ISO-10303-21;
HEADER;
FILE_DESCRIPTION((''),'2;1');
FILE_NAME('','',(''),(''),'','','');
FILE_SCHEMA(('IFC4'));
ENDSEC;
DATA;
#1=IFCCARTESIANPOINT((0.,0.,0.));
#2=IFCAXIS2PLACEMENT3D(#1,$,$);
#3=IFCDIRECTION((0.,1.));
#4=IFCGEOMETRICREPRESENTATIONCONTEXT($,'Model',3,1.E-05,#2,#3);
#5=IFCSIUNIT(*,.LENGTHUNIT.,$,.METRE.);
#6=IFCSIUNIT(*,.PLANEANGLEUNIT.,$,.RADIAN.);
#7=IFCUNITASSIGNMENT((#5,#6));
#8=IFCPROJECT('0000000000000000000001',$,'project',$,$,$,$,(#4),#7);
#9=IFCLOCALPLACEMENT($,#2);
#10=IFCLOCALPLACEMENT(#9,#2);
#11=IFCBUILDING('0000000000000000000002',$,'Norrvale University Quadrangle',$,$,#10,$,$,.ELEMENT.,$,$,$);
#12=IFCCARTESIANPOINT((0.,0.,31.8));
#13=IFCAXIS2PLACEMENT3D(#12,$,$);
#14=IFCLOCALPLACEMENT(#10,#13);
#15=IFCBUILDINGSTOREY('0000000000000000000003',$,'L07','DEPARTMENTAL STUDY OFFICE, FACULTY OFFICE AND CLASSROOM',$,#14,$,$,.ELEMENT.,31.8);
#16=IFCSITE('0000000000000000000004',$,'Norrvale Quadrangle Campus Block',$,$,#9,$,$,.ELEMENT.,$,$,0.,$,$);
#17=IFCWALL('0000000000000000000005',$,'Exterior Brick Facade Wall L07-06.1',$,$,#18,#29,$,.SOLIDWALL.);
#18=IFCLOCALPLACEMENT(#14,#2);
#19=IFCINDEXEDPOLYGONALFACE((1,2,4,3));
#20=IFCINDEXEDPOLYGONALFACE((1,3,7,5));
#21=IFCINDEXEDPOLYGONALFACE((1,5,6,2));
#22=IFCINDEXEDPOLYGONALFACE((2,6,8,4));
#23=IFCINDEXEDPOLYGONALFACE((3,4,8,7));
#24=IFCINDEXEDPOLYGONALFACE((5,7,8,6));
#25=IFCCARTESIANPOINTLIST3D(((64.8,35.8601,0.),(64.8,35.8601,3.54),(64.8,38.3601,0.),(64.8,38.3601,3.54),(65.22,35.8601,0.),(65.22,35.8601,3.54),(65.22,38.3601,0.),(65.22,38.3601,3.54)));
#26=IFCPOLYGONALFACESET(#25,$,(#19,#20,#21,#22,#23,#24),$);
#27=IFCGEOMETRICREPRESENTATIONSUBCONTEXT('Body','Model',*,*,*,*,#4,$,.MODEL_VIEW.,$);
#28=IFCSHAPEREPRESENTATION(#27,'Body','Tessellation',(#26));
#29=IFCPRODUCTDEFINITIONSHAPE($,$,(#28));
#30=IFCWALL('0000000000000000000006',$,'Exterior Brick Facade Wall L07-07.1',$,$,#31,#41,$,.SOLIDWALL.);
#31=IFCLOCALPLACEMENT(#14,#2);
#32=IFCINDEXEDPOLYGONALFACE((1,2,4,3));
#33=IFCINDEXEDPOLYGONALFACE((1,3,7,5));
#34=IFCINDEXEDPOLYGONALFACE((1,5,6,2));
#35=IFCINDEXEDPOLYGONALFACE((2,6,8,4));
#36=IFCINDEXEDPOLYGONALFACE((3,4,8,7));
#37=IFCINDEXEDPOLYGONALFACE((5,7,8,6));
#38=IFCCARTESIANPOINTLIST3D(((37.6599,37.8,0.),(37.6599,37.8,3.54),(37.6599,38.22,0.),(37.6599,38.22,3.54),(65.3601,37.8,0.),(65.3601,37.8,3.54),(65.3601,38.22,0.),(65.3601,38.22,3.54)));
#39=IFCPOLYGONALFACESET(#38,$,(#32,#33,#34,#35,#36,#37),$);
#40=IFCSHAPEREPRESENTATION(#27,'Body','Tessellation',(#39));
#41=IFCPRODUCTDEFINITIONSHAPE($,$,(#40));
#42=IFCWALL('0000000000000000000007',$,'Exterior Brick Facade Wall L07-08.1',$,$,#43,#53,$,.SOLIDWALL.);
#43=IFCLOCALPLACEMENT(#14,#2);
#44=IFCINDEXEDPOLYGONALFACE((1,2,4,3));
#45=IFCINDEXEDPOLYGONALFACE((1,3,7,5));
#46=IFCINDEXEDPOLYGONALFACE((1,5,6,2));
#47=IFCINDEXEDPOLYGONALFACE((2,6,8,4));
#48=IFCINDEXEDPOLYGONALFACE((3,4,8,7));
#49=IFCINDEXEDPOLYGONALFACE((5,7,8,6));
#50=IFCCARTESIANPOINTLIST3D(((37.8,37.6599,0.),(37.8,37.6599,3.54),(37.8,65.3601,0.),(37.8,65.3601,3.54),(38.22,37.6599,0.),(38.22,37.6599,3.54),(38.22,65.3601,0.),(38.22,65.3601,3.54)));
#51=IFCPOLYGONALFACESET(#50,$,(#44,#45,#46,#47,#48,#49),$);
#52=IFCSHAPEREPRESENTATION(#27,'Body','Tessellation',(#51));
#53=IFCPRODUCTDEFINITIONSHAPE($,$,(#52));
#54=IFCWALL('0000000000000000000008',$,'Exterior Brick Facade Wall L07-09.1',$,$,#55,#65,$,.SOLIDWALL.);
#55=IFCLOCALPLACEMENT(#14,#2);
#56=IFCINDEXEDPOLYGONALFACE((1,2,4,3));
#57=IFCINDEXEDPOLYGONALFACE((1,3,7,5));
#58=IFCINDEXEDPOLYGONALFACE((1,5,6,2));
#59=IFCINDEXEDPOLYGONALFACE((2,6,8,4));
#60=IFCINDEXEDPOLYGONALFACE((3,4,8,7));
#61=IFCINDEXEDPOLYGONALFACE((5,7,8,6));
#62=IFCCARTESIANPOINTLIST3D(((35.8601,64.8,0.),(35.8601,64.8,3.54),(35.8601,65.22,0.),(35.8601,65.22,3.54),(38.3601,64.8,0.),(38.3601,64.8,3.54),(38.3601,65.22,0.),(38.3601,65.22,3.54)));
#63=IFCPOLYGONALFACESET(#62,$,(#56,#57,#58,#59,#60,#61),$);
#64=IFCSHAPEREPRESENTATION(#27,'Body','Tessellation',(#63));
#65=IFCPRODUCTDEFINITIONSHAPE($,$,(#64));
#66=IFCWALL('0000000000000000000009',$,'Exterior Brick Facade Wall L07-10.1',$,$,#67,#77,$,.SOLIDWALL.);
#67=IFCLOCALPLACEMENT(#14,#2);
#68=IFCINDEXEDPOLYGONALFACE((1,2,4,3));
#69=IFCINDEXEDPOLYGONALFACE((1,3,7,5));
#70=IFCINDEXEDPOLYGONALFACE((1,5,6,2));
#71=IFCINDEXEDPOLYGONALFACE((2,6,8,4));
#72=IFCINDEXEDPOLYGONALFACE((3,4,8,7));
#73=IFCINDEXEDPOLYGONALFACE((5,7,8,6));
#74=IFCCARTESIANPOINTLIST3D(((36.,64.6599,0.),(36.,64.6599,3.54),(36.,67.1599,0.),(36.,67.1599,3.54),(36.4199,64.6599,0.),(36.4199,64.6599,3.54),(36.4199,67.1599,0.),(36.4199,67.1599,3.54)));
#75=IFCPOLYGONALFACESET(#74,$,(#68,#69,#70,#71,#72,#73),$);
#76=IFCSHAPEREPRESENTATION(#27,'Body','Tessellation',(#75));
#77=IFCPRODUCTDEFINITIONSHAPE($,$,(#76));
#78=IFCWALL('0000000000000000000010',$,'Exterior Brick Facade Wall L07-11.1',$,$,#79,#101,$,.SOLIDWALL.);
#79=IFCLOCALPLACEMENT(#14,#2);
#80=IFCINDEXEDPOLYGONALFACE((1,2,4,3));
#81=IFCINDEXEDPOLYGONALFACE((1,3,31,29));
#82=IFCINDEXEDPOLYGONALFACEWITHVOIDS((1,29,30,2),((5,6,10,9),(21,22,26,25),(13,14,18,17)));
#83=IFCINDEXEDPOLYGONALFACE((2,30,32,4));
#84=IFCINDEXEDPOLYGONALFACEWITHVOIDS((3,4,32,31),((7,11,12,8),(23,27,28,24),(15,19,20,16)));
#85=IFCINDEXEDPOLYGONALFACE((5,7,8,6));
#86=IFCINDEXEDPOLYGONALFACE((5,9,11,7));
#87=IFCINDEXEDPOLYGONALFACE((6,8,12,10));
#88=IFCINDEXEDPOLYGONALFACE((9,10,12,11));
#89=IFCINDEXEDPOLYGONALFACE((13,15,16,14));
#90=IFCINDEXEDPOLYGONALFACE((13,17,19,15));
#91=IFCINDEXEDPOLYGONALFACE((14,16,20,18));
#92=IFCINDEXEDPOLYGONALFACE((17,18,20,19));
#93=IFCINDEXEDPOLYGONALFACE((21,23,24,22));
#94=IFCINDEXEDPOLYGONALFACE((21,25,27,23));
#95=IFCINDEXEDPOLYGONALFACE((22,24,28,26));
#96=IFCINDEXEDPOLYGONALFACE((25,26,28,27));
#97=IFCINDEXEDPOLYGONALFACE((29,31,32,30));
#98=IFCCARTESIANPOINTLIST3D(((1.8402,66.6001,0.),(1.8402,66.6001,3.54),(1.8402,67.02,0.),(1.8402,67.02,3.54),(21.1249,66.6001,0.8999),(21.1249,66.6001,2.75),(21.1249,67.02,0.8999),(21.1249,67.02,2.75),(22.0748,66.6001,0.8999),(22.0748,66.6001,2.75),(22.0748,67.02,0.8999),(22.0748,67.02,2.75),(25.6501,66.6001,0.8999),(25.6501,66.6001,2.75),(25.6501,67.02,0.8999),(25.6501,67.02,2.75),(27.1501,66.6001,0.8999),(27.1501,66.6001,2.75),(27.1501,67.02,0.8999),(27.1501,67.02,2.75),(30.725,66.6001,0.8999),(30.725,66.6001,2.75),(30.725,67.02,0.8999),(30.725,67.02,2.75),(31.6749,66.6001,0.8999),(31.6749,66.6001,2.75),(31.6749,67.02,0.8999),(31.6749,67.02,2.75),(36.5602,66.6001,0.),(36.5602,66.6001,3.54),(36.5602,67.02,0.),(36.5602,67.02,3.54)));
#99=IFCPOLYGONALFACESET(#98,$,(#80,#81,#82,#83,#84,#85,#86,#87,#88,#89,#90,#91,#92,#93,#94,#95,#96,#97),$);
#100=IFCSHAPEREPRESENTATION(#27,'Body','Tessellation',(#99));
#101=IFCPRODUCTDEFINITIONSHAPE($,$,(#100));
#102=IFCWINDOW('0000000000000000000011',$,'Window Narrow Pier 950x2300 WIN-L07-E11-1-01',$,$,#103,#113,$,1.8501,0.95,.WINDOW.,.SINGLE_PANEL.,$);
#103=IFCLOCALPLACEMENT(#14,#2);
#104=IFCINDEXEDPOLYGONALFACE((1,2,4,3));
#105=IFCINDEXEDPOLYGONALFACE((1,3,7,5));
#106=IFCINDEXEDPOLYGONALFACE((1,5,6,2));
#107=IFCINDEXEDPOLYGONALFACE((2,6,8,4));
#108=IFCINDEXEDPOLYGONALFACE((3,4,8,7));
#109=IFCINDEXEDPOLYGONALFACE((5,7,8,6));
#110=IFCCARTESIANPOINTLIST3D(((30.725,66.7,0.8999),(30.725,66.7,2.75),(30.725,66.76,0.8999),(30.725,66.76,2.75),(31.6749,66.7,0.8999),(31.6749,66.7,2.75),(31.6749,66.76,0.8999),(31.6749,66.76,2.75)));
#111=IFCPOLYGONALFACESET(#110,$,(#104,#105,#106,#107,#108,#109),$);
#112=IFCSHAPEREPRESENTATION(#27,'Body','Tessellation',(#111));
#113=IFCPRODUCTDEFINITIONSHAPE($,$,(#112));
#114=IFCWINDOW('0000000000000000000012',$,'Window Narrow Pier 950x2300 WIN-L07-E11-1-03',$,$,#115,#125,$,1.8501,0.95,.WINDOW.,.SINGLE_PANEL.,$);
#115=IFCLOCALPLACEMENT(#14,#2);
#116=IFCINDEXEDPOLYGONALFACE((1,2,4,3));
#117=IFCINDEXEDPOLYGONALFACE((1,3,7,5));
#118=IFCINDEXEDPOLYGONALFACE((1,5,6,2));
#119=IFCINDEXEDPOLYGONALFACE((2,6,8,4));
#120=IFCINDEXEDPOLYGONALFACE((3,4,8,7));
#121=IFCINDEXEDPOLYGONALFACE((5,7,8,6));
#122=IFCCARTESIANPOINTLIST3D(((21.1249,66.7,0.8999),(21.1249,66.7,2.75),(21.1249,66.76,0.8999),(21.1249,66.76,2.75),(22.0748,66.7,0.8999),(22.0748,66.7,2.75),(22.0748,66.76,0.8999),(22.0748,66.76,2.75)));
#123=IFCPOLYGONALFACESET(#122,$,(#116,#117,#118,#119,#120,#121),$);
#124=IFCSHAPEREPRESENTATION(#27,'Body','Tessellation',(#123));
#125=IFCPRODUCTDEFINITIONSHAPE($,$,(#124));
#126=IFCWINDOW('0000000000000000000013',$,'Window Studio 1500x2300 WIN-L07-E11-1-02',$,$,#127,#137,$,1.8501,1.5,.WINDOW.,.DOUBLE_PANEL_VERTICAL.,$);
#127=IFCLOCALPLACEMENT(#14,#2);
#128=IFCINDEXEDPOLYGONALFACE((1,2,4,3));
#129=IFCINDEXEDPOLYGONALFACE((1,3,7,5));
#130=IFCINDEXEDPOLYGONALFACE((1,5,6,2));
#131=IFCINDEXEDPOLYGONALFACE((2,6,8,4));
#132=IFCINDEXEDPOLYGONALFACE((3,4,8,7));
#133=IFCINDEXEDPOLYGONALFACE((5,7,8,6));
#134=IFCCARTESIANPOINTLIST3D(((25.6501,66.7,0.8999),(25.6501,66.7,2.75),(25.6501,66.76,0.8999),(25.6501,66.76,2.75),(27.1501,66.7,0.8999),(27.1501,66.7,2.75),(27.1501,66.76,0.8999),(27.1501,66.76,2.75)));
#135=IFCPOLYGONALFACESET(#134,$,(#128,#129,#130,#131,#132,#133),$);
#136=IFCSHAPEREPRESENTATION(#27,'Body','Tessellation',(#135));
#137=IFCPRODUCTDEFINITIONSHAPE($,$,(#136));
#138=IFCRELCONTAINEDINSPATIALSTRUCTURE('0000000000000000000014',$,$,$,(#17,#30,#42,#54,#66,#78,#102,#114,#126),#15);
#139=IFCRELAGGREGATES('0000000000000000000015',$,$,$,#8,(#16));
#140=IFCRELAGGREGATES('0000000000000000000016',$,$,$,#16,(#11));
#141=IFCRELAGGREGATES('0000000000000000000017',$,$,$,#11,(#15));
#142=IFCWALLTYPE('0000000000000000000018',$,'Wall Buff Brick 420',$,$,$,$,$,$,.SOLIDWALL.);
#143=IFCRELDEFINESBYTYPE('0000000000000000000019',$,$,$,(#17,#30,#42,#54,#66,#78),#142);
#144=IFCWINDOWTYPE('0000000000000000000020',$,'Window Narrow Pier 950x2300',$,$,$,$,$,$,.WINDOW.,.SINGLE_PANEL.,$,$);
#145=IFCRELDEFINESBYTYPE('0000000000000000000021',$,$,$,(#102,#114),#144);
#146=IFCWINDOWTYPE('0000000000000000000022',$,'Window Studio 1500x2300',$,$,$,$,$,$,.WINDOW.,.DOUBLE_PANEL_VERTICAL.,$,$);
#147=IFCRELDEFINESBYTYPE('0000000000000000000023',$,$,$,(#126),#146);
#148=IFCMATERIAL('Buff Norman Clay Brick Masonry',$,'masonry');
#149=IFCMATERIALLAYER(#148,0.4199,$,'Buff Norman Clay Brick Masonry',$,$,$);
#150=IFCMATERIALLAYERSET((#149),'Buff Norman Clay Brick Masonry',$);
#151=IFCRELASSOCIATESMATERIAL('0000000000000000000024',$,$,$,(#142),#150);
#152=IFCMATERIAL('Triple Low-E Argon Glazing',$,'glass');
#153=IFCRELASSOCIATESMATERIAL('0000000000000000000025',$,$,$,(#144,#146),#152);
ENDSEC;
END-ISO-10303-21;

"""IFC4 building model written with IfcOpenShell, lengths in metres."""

from ifc_helpers import new_model, si_unit, direction, frame, frame_2d, origin, place, context, subcontext, project, spatial, rectangle, extrude, material, layer, layer_set, type_object, element, fill, save


model = new_model("IFC4")

# Units and contexts
model_context = context("Model", 3, precision=1e-05, world=origin(), true_north=direction((0.0, 1.0)))
body_context = subcontext(model_context, "Body", "Model", "MODEL_VIEW")
ifc_project = project(units=[si_unit("LENGTHUNIT", "METRE"), si_unit("PLANEANGLEUNIT", "RADIAN")], contexts=[model_context])

# Site, building, storey
site_placement = place(None, origin())
site = spatial("IfcSite", under=ifc_project, at=site_placement, Name="Norrvale Quadrangle Campus Block", CompositionType="ELEMENT", RefElevation=0.0)
building_placement = place(site_placement, origin())
building = spatial("IfcBuilding", under=site, at=building_placement, Name="Norrvale University Quadrangle", CompositionType="ELEMENT")
storey_placement = place(building_placement, frame((0.0, 0.0, 31.8)))
storey = spatial("IfcBuildingStorey", under=building, at=storey_placement, Name="L07", Description="DEPARTMENTAL STUDY OFFICE, FACULTY OFFICE AND CLASSROOM", CompositionType="ELEMENT", Elevation=31.8)

# Walls
ifc_material_1 = material(Name="Buff Norman Clay Brick Masonry", Category="masonry")
ifc_layer = layer(ifc_material_1, 0.4199, Name="Buff Norman Clay Brick Masonry")
ifc_layer_set = layer_set([ifc_layer], Name="Buff Norman Clay Brick Masonry")
wall_type = type_object("IfcWallType", Name="Wall Buff Brick 420", PredefinedType="SOLIDWALL", material=ifc_layer_set)
for number, where, z_axis, x_axis, name in (
    (1, (65.01, 35.8601, 0.0), (0.0, 0.0, 1.0), (0.0, 1.0, 0.0), "Exterior Brick Facade Wall L07-06.1"),
):
    element("IfcWall", number, at=place(storey_placement, frame(where, z_axis=z_axis, x_axis=x_axis)), inside=storey, type_object=wall_type, Name=name, PredefinedType="SOLIDWALL", context=body_context, shape_type="SweptSolid", body=[
        extrude(rectangle(XDim=2.5, YDim=0.4199, at=frame_2d((1.25, 0.0))), origin(), (0.0, 0.0, 1.0), 3.54),
    ])
for number, where, z_axis, x_axis, name in (
    (2, (65.3601, 38.01, 0.0), (0.0, 0.0, 1.0), (-1.0, 0.0, 0.0), "Exterior Brick Facade Wall L07-07.1"),
    (3, (38.01, 37.6599, 0.0), (0.0, 0.0, 1.0), (0.0, 1.0, 0.0), "Exterior Brick Facade Wall L07-08.1"),
):
    element("IfcWall", number, at=place(storey_placement, frame(where, z_axis=z_axis, x_axis=x_axis)), inside=storey, type_object=wall_type, Name=name, PredefinedType="SOLIDWALL", context=body_context, shape_type="SweptSolid", body=[
        extrude(rectangle(XDim=27.7002, YDim=0.4199, at=frame_2d((13.8501, 0.0))), origin(), (0.0, 0.0, 1.0), 3.54),
    ])
for number, where, z_axis, x_axis, name in (
    (4, (38.3601, 65.01, 0.0), (0.0, 0.0, 1.0), (-1.0, 0.0, 0.0), "Exterior Brick Facade Wall L07-09.1"),
    (5, (36.21, 64.6599, 0.0), (0.0, 0.0, 1.0), (0.0, 1.0, 0.0), "Exterior Brick Facade Wall L07-10.1"),
):
    element("IfcWall", number, at=place(storey_placement, frame(where, z_axis=z_axis, x_axis=x_axis)), inside=storey, type_object=wall_type, Name=name, PredefinedType="SOLIDWALL", context=body_context, shape_type="SweptSolid", body=[
        extrude(rectangle(XDim=2.5, YDim=0.4199, at=frame_2d((1.25, 0.0))), origin(), (0.0, 0.0, 1.0), 3.54),
    ])

# Wall, openings, windows
wall_placement = place(storey_placement, frame((36.5601, 66.8101, 0.0), z_axis=(0.0, 0.0, 1.0), x_axis=(-1.0, 0.0, 0.0)))
wall = element("IfcWall", 6, at=wall_placement, inside=storey, type_object=wall_type, Name="Exterior Brick Facade Wall L07-11.1", PredefinedType="SOLIDWALL", context=body_context, shape_type="SweptSolid", body=[
    extrude(rectangle(XDim=34.72, YDim=0.4199, at=frame_2d((17.3599, 0.0))), origin(), (0.0, 0.0, 1.0), 3.54),
])
opening_1_placement = place(wall_placement, frame((4.885, 0.0, 0.8999)))
opening_1 = element("IfcOpeningElement", 7, at=opening_1_placement, cuts=wall, PredefinedType="OPENING", context=body_context, shape_type="SweptSolid", body=[
    extrude(rectangle(XDim=0.95, YDim=1.8501, at=frame_2d((0.4751, 0.925))), frame((0.0, 0.2219, 0.0), z_axis=(0.0, -1.0, 0.0), x_axis=(1.0, 0.0, 0.0)), (0.0, 0.0, 1.0), 0.4438),
])
opening_2_placement = place(wall_placement, frame((9.4099, 0.0, 0.8999)))
opening_2 = element("IfcOpeningElement", 8, at=opening_2_placement, cuts=wall, PredefinedType="OPENING", context=body_context, shape_type="SweptSolid", body=[
    extrude(rectangle(XDim=1.5, YDim=1.8501, at=frame_2d((0.75, 0.925))), frame((0.0, 0.2219, 0.0), z_axis=(0.0, -1.0, 0.0), x_axis=(1.0, 0.0, 0.0)), (0.0, 0.0, 1.0), 0.4438),
])
opening_3_placement = place(wall_placement, frame((14.4851, 0.0, 0.8999)))
opening_3 = element("IfcOpeningElement", 9, at=opening_3_placement, cuts=wall, PredefinedType="OPENING", context=body_context, shape_type="SweptSolid", body=[
    extrude(rectangle(XDim=0.95, YDim=1.8501, at=frame_2d((0.4751, 0.925))), frame((0.0, 0.2219, 0.0), z_axis=(0.0, -1.0, 0.0), x_axis=(1.0, 0.0, 0.0)), (0.0, 0.0, 1.0), 0.4438),
])
ifc_material_2 = material(Name="Triple Low-E Argon Glazing", Category="glass")
window_type_1 = type_object("IfcWindowType", Name="Window Narrow Pier 950x2300", PartitioningType="SINGLE_PANEL", PredefinedType="WINDOW", material=ifc_material_2)
window_1_placement = place(opening_1_placement, origin())
window_1 = element("IfcWindow", 10, at=window_1_placement, inside=storey, type_object=window_type_1, Name="Window Narrow Pier 950x2300 WIN-L07-E11-1-01", OverallHeight=1.8501, OverallWidth=0.95, PartitioningType="SINGLE_PANEL", PredefinedType="WINDOW", context=body_context, shape_type="SweptSolid", body=[
    extrude(rectangle(XDim=0.95, YDim=1.8501, at=frame_2d((0.4751, 0.925))), frame((0.0, 0.1101, 0.0), z_axis=(0.0, -1.0, 0.0), x_axis=(1.0, 0.0, 0.0)), (0.0, 0.0, 1.0), 0.0601),
])
fill(opening_1, window_1)
window_2_placement = place(opening_3_placement, origin())
window_2 = element("IfcWindow", 11, at=window_2_placement, inside=storey, type_object=window_type_1, Name="Window Narrow Pier 950x2300 WIN-L07-E11-1-03", OverallHeight=1.8501, OverallWidth=0.95, PartitioningType="SINGLE_PANEL", PredefinedType="WINDOW", context=body_context, shape_type="SweptSolid", body=[
    extrude(rectangle(XDim=0.95, YDim=1.8501, at=frame_2d((0.4751, 0.925))), frame((0.0, 0.1101, 0.0), z_axis=(0.0, -1.0, 0.0), x_axis=(1.0, 0.0, 0.0)), (0.0, 0.0, 1.0), 0.0601),
])
fill(opening_3, window_2)
window_type_2 = type_object("IfcWindowType", Name="Window Studio 1500x2300", PartitioningType="DOUBLE_PANEL_VERTICAL", PredefinedType="WINDOW", material=ifc_material_2)
window_3_placement = place(opening_2_placement, origin())
window_3 = element("IfcWindow", 12, at=window_3_placement, inside=storey, type_object=window_type_2, Name="Window Studio 1500x2300 WIN-L07-E11-1-02", OverallHeight=1.8501, OverallWidth=1.5, PartitioningType="DOUBLE_PANEL_VERTICAL", PredefinedType="WINDOW", context=body_context, shape_type="SweptSolid", body=[
    extrude(rectangle(XDim=1.5, YDim=1.8501, at=frame_2d((0.75, 0.925))), frame((0.0, 0.1101, 0.0), z_axis=(0.0, -1.0, 0.0), x_axis=(1.0, 0.0, 0.0)), (0.0, 0.0, 1.0), 0.0601),
])
fill(opening_2, window_3)

save(model, "model.ifc")
